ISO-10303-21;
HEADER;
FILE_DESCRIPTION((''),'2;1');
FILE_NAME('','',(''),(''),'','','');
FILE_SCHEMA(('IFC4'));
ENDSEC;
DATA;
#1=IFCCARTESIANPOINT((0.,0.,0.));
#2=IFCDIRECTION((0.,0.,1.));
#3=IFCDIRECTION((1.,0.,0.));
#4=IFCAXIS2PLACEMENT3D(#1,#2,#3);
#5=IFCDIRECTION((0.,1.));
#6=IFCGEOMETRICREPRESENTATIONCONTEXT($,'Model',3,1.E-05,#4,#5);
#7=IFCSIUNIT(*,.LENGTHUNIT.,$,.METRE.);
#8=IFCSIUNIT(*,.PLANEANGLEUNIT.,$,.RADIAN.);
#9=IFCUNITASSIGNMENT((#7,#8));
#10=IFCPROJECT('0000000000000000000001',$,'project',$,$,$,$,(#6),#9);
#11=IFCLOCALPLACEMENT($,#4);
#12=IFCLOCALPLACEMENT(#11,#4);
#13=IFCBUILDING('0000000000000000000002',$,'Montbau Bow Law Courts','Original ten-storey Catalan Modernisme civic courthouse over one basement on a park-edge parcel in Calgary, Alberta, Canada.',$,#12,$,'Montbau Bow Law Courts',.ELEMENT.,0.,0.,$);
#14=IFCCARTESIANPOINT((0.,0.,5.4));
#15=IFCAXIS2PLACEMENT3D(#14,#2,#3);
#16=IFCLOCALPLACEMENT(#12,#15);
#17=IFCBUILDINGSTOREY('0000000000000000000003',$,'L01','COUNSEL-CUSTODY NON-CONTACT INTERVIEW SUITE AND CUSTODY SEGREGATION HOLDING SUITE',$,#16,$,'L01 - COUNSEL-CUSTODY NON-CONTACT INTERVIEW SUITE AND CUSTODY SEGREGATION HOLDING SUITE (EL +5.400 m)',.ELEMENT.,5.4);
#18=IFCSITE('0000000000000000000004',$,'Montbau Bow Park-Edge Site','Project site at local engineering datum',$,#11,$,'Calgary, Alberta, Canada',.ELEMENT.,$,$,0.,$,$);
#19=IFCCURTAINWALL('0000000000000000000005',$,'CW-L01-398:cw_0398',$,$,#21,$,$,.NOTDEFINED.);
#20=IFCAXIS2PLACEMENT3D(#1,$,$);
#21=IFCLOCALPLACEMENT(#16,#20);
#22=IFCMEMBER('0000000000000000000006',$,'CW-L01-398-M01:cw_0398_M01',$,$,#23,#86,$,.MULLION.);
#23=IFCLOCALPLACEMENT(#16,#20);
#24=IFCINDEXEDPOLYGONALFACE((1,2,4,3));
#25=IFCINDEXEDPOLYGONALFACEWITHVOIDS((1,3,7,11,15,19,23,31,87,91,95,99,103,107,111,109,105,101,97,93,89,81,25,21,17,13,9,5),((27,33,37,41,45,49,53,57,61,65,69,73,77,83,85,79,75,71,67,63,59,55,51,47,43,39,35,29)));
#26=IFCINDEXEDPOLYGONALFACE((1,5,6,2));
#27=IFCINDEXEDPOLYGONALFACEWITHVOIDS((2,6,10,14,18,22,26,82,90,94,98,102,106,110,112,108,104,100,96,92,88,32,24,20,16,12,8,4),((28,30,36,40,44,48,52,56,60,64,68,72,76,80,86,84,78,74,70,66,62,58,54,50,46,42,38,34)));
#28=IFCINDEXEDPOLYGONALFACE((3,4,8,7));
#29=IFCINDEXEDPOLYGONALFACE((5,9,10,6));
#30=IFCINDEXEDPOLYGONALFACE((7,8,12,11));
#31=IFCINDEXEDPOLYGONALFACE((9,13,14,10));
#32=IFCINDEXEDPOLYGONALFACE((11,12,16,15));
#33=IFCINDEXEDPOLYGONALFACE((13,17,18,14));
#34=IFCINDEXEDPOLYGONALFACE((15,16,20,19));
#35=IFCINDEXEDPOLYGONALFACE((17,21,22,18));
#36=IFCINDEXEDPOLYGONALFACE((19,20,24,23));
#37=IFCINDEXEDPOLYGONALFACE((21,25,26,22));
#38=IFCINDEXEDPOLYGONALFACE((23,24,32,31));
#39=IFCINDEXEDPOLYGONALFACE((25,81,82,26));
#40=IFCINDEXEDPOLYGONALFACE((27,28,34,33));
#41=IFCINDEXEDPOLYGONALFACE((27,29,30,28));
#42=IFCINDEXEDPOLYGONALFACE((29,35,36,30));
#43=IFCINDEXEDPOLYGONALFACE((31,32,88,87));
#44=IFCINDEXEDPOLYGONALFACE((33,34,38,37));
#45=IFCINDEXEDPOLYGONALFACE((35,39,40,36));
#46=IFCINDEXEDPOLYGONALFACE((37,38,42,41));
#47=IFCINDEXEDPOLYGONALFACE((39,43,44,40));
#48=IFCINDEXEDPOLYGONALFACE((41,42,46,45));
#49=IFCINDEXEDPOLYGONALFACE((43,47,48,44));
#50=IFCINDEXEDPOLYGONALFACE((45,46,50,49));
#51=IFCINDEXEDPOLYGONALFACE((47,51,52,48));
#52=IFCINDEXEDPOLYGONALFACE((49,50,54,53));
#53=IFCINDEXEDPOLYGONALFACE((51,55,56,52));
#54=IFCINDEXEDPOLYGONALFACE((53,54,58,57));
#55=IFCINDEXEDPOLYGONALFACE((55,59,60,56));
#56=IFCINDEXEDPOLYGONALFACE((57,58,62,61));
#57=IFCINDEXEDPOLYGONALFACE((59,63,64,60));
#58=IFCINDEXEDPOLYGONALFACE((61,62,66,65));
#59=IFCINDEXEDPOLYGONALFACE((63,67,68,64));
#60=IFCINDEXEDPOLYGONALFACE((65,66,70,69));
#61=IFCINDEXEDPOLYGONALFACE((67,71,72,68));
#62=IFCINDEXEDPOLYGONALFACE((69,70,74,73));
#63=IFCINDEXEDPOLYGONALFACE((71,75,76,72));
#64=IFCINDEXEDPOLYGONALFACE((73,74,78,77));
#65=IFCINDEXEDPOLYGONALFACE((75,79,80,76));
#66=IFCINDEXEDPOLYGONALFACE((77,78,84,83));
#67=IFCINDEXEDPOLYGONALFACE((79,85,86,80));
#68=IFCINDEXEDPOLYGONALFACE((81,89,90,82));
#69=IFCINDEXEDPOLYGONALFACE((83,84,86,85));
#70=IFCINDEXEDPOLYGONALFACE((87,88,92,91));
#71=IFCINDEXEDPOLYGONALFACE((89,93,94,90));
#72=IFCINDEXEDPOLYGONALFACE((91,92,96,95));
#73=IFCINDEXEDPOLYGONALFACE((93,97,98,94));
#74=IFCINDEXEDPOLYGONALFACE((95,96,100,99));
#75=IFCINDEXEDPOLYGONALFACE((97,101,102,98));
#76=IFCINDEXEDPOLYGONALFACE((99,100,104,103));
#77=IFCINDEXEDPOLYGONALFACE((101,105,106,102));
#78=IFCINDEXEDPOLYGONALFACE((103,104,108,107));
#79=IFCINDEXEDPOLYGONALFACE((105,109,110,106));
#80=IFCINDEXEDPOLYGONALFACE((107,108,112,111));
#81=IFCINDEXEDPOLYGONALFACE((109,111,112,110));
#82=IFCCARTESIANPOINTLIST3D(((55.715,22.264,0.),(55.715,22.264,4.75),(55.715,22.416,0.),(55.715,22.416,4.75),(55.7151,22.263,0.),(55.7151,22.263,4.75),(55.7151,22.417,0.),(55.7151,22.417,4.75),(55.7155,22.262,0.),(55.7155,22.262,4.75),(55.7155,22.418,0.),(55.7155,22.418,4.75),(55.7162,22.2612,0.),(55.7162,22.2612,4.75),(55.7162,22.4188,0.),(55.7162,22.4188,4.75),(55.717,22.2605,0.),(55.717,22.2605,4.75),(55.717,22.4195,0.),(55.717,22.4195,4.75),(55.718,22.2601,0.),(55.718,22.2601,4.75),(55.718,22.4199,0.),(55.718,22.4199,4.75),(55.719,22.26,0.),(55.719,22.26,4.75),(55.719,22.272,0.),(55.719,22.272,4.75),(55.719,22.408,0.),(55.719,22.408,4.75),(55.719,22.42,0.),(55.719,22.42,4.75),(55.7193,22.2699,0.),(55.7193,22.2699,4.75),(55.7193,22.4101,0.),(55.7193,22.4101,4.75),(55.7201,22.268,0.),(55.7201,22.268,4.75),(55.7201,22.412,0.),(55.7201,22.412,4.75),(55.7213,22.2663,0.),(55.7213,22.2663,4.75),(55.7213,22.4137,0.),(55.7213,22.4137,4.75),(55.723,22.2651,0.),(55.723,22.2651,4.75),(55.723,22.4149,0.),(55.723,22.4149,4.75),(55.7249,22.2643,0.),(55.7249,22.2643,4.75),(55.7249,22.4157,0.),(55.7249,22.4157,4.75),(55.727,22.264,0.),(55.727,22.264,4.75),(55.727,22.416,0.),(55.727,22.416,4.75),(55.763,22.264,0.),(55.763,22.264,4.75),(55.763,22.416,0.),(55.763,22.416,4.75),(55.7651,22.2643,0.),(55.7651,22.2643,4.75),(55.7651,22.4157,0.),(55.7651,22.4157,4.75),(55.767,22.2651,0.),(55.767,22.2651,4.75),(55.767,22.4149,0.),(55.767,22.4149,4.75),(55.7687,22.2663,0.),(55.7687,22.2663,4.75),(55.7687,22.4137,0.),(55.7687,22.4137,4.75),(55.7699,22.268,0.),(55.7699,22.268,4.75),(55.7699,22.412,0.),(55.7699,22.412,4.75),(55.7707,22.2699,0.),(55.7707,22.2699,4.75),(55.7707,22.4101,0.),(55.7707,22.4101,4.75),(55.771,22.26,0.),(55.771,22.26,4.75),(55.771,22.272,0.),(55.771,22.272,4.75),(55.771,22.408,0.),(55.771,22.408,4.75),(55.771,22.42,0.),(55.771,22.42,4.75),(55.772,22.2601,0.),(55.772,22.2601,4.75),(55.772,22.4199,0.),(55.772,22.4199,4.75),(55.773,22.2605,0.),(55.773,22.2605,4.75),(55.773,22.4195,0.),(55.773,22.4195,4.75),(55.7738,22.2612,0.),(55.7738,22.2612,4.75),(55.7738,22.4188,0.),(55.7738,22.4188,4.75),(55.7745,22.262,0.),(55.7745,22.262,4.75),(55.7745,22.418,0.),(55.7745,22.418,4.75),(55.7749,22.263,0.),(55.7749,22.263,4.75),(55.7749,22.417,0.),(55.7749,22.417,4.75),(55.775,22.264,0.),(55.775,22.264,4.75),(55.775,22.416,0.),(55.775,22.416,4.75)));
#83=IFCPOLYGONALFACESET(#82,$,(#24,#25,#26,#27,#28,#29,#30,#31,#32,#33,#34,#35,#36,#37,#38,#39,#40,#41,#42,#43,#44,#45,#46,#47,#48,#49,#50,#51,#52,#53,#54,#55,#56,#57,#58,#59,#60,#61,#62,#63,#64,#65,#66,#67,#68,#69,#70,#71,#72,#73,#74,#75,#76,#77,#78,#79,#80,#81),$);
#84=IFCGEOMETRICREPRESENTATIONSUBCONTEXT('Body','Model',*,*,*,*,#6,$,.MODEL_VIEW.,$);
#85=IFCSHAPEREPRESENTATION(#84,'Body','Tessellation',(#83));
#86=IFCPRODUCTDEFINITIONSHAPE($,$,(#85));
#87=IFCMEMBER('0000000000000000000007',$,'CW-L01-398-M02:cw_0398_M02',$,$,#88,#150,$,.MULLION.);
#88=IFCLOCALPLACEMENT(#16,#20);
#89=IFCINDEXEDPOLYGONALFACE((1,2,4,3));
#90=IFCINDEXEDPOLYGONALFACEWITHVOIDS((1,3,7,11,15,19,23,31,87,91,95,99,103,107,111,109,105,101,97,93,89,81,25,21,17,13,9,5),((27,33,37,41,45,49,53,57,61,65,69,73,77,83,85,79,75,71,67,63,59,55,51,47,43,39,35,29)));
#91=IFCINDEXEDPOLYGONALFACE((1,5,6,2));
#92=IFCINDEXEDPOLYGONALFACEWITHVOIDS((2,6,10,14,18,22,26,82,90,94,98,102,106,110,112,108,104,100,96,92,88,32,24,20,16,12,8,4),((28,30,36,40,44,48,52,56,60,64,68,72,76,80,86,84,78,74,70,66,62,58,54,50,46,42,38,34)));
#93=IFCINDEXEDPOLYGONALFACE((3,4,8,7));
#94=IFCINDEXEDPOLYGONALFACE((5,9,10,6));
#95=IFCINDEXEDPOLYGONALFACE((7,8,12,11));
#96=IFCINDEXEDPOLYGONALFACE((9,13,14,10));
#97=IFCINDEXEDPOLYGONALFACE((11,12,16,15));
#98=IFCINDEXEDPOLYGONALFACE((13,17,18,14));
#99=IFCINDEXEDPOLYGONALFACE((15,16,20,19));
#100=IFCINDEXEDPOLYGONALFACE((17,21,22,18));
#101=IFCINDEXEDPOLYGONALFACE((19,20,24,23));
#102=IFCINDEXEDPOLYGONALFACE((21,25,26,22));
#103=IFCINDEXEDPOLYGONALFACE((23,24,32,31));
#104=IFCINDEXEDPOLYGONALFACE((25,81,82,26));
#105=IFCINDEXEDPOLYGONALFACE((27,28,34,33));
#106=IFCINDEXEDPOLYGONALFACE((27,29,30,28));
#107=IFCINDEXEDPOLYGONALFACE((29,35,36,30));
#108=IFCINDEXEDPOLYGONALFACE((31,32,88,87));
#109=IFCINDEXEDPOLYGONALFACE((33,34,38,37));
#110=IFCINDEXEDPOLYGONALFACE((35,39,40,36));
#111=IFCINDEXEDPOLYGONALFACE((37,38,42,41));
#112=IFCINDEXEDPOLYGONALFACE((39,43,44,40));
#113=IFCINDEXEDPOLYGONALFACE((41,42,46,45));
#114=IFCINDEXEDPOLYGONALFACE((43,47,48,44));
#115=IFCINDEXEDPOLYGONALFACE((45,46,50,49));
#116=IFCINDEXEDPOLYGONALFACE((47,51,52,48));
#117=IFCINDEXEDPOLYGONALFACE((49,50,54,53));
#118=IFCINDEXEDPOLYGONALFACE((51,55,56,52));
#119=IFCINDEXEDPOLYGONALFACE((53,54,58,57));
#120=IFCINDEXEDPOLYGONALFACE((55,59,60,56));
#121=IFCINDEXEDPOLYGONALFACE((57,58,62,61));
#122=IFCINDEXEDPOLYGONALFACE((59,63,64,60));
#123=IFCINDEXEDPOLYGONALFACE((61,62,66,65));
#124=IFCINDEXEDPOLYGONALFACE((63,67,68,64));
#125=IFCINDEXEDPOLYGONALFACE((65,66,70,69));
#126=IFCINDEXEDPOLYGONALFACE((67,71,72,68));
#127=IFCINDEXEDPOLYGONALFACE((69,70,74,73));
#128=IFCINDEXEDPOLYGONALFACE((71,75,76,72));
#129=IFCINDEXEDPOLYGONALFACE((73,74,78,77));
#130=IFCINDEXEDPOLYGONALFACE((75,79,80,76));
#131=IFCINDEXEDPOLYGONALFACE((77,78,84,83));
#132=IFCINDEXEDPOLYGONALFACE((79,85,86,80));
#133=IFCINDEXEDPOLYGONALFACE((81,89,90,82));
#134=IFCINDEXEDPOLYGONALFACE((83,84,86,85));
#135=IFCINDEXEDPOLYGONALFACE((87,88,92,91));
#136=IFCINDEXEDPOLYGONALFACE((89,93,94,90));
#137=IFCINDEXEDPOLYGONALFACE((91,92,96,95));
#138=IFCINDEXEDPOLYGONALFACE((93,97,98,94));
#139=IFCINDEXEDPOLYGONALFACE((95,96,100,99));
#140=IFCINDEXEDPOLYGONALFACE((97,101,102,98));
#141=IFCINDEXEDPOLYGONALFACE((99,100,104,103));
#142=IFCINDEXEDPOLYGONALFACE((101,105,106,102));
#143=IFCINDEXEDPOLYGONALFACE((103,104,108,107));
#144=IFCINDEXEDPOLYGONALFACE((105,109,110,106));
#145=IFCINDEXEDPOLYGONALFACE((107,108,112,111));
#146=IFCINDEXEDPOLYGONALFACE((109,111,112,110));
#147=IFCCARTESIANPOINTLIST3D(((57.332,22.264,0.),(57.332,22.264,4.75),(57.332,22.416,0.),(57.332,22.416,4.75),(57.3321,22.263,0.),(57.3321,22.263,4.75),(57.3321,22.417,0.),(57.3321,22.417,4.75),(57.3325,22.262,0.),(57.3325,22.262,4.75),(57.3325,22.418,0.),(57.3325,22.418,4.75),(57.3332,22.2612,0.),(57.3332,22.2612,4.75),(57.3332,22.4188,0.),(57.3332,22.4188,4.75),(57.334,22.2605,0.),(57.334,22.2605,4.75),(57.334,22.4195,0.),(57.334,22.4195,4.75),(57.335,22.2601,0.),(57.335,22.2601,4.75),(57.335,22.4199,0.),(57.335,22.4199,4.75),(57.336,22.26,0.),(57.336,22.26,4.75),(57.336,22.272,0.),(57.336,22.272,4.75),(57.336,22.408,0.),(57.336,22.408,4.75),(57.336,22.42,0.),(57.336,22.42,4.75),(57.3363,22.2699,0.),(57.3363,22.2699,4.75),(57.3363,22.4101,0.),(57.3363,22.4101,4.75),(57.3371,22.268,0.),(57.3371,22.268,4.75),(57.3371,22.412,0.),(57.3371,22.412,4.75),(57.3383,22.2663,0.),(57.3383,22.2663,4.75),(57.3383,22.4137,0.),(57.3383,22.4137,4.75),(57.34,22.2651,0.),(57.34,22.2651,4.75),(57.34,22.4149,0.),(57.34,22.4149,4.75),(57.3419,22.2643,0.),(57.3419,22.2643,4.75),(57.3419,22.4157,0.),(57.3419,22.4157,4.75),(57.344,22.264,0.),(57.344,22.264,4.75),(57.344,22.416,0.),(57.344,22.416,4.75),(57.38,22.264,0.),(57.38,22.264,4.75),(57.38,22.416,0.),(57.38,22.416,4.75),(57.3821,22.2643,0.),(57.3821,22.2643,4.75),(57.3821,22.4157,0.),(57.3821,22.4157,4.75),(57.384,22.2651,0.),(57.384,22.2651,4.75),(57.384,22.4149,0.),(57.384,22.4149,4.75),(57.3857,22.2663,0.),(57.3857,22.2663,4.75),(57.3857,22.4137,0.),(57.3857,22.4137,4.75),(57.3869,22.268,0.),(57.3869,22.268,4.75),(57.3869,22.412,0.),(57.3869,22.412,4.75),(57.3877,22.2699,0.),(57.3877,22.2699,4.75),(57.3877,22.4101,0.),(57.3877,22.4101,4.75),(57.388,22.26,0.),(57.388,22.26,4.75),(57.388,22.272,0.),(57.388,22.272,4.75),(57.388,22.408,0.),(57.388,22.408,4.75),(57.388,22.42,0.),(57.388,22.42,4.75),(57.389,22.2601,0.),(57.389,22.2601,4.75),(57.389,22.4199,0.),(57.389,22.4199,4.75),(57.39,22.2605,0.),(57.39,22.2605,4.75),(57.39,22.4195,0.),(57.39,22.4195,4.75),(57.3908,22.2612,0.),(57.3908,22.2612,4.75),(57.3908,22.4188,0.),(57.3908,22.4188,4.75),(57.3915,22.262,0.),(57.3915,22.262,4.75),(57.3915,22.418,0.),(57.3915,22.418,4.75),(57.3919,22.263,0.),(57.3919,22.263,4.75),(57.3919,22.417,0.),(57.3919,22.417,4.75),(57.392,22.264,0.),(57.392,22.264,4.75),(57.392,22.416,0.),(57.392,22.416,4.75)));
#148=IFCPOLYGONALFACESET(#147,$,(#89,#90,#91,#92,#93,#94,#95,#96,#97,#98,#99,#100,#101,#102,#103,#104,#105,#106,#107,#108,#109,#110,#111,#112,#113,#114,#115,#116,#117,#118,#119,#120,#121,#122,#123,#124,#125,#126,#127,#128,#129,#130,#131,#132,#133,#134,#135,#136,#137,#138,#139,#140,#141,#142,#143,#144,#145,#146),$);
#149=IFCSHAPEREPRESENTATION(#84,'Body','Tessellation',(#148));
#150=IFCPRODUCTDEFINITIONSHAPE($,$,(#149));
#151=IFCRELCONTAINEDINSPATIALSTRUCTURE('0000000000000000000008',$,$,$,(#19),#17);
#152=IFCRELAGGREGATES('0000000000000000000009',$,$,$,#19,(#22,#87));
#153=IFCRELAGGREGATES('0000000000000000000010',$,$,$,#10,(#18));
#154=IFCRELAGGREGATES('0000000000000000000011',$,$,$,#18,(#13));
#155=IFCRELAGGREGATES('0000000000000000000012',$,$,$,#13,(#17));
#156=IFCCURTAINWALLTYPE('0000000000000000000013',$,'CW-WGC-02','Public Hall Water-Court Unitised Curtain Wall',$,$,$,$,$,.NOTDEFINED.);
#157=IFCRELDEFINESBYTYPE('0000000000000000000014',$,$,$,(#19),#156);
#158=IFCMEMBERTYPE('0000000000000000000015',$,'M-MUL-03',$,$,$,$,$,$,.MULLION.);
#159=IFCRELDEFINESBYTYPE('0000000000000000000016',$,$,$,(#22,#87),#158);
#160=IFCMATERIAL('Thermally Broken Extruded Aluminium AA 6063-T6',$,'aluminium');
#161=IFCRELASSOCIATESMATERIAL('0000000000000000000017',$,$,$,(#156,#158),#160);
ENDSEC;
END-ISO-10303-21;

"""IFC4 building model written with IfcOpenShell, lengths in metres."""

from ifc_helpers import new_model, si_unit, direction, frame, origin_with_axes, origin_2d_with_axis, place, context, subcontext, project, spatial, hollow_rectangle, extrude, material, material_profile, profile_set, type_object, element, aggregate, save


model = new_model("IFC4")

# Units and contexts
model_context = context("Model", 3, precision=1e-05, world=origin_with_axes(), true_north=direction((0.0, 1.0)))
body_context = subcontext(model_context, "Body", "Model", "MODEL_VIEW")
ifc_project = project(units=[si_unit("LENGTHUNIT", "METRE"), si_unit("PLANEANGLEUNIT", "RADIAN")], contexts=[model_context])

# Site, building, storey
site_placement = place(None, origin_with_axes())
site = spatial("IfcSite", under=ifc_project, at=site_placement, Name="Montbau Bow Park-Edge Site", Description="Project site at local engineering datum", LongName="Calgary, Alberta, Canada", CompositionType="ELEMENT", RefElevation=0.0)
building_placement = place(site_placement, origin_with_axes())
building = spatial("IfcBuilding", under=site, at=building_placement, Name="Montbau Bow Law Courts", Description="Original ten-storey Catalan Modernisme civic courthouse over one basement on a park-edge parcel in Calgary, Alberta, Canada.", LongName="Montbau Bow Law Courts", CompositionType="ELEMENT", ElevationOfRefHeight=0.0, ElevationOfTerrain=0.0)
storey_placement = place(building_placement, frame((0.0, 0.0, 5.4), z_axis=(0.0, 0.0, 1.0), x_axis=(1.0, 0.0, 0.0)))
storey = spatial("IfcBuildingStorey", under=building, at=storey_placement, Name="L01", Description="COUNSEL-CUSTODY NON-CONTACT INTERVIEW SUITE AND CUSTODY SEGREGATION HOLDING SUITE", LongName="L01 - COUNSEL-CUSTODY NON-CONTACT INTERVIEW SUITE AND CUSTODY SEGREGATION HOLDING SUITE (EL +5.400 m)", CompositionType="ELEMENT", Elevation=5.4)

# Curtain wall, members
ifc_material_1 = material(Name="Thermally Broken Extruded Aluminium AA 6063-T6", Category="aluminium")
curtain_wall_type = type_object("IfcCurtainWallType", Name="CW-WGC-02", Description="Public Hall Water-Court Unitised Curtain Wall", PredefinedType="NOTDEFINED", material=ifc_material_1)
curtain_wall_1_placement = place(None, frame((55.715, 22.34, 5.4), z_axis=(0.0, 0.0, 1.0), x_axis=(1.0, 0.0, 0.0)))
curtain_wall_1 = element("IfcCurtainWall", 1, at=curtain_wall_1_placement, inside=storey, type_object=curtain_wall_type, Name="CW-L01-398:cw_0398", PredefinedType="NOTDEFINED")
ifc_material_profile_1 = material_profile(ifc_material_1, hollow_rectangle(XDim=0.06, YDim=0.16, WallThickness=0.004, InnerFilletRadius=0.008, OuterFilletRadius=0.004, at=origin_2d_with_axis()), Name="CWM-160X60", Category="Main", Priority=0)
ifc_profile_set_1 = profile_set([ifc_material_profile_1], Name="Thermally Broken Extruded Aluminium AA 6063-T6")
member_type_1 = type_object("IfcMemberType", Name="M-MUL-03", PredefinedType="MULLION", material=ifc_profile_set_1)
member_1_placement = place(None, frame((55.745, 22.34, 5.4), z_axis=(0.0, 0.0, 1.0), x_axis=(1.0, 0.0, 0.0)))
member_1 = element("IfcMember", 2, at=member_1_placement, type_object=member_type_1, Name="CW-L01-398-M01:cw_0398_M01", PredefinedType="MULLION", context=body_context, shape_type="SweptSolid", body=[
    extrude(hollow_rectangle(XDim=0.06, YDim=0.16, WallThickness=0.004, InnerFilletRadius=0.008, OuterFilletRadius=0.004, at=origin_2d_with_axis()), origin_with_axes(), (0.0, 0.0, 1.0), 4.75),
])
member_2_placement = place(None, frame((57.362, 22.34, 5.4), z_axis=(0.0, 0.0, 1.0), x_axis=(1.0, 0.0, 0.0)))
member_2 = element("IfcMember", 3, at=member_2_placement, type_object=member_type_1, Name="CW-L01-398-M02:cw_0398_M02", PredefinedType="MULLION", context=body_context, shape_type="SweptSolid", body=[
    extrude(hollow_rectangle(XDim=0.06, YDim=0.16, WallThickness=0.004, InnerFilletRadius=0.008, OuterFilletRadius=0.004, at=origin_2d_with_axis()), origin_with_axes(), (0.0, 0.0, 1.0), 4.75),
])

aggregate(curtain_wall_1, [member_1, member_2])

save(model, "model.ifc")
